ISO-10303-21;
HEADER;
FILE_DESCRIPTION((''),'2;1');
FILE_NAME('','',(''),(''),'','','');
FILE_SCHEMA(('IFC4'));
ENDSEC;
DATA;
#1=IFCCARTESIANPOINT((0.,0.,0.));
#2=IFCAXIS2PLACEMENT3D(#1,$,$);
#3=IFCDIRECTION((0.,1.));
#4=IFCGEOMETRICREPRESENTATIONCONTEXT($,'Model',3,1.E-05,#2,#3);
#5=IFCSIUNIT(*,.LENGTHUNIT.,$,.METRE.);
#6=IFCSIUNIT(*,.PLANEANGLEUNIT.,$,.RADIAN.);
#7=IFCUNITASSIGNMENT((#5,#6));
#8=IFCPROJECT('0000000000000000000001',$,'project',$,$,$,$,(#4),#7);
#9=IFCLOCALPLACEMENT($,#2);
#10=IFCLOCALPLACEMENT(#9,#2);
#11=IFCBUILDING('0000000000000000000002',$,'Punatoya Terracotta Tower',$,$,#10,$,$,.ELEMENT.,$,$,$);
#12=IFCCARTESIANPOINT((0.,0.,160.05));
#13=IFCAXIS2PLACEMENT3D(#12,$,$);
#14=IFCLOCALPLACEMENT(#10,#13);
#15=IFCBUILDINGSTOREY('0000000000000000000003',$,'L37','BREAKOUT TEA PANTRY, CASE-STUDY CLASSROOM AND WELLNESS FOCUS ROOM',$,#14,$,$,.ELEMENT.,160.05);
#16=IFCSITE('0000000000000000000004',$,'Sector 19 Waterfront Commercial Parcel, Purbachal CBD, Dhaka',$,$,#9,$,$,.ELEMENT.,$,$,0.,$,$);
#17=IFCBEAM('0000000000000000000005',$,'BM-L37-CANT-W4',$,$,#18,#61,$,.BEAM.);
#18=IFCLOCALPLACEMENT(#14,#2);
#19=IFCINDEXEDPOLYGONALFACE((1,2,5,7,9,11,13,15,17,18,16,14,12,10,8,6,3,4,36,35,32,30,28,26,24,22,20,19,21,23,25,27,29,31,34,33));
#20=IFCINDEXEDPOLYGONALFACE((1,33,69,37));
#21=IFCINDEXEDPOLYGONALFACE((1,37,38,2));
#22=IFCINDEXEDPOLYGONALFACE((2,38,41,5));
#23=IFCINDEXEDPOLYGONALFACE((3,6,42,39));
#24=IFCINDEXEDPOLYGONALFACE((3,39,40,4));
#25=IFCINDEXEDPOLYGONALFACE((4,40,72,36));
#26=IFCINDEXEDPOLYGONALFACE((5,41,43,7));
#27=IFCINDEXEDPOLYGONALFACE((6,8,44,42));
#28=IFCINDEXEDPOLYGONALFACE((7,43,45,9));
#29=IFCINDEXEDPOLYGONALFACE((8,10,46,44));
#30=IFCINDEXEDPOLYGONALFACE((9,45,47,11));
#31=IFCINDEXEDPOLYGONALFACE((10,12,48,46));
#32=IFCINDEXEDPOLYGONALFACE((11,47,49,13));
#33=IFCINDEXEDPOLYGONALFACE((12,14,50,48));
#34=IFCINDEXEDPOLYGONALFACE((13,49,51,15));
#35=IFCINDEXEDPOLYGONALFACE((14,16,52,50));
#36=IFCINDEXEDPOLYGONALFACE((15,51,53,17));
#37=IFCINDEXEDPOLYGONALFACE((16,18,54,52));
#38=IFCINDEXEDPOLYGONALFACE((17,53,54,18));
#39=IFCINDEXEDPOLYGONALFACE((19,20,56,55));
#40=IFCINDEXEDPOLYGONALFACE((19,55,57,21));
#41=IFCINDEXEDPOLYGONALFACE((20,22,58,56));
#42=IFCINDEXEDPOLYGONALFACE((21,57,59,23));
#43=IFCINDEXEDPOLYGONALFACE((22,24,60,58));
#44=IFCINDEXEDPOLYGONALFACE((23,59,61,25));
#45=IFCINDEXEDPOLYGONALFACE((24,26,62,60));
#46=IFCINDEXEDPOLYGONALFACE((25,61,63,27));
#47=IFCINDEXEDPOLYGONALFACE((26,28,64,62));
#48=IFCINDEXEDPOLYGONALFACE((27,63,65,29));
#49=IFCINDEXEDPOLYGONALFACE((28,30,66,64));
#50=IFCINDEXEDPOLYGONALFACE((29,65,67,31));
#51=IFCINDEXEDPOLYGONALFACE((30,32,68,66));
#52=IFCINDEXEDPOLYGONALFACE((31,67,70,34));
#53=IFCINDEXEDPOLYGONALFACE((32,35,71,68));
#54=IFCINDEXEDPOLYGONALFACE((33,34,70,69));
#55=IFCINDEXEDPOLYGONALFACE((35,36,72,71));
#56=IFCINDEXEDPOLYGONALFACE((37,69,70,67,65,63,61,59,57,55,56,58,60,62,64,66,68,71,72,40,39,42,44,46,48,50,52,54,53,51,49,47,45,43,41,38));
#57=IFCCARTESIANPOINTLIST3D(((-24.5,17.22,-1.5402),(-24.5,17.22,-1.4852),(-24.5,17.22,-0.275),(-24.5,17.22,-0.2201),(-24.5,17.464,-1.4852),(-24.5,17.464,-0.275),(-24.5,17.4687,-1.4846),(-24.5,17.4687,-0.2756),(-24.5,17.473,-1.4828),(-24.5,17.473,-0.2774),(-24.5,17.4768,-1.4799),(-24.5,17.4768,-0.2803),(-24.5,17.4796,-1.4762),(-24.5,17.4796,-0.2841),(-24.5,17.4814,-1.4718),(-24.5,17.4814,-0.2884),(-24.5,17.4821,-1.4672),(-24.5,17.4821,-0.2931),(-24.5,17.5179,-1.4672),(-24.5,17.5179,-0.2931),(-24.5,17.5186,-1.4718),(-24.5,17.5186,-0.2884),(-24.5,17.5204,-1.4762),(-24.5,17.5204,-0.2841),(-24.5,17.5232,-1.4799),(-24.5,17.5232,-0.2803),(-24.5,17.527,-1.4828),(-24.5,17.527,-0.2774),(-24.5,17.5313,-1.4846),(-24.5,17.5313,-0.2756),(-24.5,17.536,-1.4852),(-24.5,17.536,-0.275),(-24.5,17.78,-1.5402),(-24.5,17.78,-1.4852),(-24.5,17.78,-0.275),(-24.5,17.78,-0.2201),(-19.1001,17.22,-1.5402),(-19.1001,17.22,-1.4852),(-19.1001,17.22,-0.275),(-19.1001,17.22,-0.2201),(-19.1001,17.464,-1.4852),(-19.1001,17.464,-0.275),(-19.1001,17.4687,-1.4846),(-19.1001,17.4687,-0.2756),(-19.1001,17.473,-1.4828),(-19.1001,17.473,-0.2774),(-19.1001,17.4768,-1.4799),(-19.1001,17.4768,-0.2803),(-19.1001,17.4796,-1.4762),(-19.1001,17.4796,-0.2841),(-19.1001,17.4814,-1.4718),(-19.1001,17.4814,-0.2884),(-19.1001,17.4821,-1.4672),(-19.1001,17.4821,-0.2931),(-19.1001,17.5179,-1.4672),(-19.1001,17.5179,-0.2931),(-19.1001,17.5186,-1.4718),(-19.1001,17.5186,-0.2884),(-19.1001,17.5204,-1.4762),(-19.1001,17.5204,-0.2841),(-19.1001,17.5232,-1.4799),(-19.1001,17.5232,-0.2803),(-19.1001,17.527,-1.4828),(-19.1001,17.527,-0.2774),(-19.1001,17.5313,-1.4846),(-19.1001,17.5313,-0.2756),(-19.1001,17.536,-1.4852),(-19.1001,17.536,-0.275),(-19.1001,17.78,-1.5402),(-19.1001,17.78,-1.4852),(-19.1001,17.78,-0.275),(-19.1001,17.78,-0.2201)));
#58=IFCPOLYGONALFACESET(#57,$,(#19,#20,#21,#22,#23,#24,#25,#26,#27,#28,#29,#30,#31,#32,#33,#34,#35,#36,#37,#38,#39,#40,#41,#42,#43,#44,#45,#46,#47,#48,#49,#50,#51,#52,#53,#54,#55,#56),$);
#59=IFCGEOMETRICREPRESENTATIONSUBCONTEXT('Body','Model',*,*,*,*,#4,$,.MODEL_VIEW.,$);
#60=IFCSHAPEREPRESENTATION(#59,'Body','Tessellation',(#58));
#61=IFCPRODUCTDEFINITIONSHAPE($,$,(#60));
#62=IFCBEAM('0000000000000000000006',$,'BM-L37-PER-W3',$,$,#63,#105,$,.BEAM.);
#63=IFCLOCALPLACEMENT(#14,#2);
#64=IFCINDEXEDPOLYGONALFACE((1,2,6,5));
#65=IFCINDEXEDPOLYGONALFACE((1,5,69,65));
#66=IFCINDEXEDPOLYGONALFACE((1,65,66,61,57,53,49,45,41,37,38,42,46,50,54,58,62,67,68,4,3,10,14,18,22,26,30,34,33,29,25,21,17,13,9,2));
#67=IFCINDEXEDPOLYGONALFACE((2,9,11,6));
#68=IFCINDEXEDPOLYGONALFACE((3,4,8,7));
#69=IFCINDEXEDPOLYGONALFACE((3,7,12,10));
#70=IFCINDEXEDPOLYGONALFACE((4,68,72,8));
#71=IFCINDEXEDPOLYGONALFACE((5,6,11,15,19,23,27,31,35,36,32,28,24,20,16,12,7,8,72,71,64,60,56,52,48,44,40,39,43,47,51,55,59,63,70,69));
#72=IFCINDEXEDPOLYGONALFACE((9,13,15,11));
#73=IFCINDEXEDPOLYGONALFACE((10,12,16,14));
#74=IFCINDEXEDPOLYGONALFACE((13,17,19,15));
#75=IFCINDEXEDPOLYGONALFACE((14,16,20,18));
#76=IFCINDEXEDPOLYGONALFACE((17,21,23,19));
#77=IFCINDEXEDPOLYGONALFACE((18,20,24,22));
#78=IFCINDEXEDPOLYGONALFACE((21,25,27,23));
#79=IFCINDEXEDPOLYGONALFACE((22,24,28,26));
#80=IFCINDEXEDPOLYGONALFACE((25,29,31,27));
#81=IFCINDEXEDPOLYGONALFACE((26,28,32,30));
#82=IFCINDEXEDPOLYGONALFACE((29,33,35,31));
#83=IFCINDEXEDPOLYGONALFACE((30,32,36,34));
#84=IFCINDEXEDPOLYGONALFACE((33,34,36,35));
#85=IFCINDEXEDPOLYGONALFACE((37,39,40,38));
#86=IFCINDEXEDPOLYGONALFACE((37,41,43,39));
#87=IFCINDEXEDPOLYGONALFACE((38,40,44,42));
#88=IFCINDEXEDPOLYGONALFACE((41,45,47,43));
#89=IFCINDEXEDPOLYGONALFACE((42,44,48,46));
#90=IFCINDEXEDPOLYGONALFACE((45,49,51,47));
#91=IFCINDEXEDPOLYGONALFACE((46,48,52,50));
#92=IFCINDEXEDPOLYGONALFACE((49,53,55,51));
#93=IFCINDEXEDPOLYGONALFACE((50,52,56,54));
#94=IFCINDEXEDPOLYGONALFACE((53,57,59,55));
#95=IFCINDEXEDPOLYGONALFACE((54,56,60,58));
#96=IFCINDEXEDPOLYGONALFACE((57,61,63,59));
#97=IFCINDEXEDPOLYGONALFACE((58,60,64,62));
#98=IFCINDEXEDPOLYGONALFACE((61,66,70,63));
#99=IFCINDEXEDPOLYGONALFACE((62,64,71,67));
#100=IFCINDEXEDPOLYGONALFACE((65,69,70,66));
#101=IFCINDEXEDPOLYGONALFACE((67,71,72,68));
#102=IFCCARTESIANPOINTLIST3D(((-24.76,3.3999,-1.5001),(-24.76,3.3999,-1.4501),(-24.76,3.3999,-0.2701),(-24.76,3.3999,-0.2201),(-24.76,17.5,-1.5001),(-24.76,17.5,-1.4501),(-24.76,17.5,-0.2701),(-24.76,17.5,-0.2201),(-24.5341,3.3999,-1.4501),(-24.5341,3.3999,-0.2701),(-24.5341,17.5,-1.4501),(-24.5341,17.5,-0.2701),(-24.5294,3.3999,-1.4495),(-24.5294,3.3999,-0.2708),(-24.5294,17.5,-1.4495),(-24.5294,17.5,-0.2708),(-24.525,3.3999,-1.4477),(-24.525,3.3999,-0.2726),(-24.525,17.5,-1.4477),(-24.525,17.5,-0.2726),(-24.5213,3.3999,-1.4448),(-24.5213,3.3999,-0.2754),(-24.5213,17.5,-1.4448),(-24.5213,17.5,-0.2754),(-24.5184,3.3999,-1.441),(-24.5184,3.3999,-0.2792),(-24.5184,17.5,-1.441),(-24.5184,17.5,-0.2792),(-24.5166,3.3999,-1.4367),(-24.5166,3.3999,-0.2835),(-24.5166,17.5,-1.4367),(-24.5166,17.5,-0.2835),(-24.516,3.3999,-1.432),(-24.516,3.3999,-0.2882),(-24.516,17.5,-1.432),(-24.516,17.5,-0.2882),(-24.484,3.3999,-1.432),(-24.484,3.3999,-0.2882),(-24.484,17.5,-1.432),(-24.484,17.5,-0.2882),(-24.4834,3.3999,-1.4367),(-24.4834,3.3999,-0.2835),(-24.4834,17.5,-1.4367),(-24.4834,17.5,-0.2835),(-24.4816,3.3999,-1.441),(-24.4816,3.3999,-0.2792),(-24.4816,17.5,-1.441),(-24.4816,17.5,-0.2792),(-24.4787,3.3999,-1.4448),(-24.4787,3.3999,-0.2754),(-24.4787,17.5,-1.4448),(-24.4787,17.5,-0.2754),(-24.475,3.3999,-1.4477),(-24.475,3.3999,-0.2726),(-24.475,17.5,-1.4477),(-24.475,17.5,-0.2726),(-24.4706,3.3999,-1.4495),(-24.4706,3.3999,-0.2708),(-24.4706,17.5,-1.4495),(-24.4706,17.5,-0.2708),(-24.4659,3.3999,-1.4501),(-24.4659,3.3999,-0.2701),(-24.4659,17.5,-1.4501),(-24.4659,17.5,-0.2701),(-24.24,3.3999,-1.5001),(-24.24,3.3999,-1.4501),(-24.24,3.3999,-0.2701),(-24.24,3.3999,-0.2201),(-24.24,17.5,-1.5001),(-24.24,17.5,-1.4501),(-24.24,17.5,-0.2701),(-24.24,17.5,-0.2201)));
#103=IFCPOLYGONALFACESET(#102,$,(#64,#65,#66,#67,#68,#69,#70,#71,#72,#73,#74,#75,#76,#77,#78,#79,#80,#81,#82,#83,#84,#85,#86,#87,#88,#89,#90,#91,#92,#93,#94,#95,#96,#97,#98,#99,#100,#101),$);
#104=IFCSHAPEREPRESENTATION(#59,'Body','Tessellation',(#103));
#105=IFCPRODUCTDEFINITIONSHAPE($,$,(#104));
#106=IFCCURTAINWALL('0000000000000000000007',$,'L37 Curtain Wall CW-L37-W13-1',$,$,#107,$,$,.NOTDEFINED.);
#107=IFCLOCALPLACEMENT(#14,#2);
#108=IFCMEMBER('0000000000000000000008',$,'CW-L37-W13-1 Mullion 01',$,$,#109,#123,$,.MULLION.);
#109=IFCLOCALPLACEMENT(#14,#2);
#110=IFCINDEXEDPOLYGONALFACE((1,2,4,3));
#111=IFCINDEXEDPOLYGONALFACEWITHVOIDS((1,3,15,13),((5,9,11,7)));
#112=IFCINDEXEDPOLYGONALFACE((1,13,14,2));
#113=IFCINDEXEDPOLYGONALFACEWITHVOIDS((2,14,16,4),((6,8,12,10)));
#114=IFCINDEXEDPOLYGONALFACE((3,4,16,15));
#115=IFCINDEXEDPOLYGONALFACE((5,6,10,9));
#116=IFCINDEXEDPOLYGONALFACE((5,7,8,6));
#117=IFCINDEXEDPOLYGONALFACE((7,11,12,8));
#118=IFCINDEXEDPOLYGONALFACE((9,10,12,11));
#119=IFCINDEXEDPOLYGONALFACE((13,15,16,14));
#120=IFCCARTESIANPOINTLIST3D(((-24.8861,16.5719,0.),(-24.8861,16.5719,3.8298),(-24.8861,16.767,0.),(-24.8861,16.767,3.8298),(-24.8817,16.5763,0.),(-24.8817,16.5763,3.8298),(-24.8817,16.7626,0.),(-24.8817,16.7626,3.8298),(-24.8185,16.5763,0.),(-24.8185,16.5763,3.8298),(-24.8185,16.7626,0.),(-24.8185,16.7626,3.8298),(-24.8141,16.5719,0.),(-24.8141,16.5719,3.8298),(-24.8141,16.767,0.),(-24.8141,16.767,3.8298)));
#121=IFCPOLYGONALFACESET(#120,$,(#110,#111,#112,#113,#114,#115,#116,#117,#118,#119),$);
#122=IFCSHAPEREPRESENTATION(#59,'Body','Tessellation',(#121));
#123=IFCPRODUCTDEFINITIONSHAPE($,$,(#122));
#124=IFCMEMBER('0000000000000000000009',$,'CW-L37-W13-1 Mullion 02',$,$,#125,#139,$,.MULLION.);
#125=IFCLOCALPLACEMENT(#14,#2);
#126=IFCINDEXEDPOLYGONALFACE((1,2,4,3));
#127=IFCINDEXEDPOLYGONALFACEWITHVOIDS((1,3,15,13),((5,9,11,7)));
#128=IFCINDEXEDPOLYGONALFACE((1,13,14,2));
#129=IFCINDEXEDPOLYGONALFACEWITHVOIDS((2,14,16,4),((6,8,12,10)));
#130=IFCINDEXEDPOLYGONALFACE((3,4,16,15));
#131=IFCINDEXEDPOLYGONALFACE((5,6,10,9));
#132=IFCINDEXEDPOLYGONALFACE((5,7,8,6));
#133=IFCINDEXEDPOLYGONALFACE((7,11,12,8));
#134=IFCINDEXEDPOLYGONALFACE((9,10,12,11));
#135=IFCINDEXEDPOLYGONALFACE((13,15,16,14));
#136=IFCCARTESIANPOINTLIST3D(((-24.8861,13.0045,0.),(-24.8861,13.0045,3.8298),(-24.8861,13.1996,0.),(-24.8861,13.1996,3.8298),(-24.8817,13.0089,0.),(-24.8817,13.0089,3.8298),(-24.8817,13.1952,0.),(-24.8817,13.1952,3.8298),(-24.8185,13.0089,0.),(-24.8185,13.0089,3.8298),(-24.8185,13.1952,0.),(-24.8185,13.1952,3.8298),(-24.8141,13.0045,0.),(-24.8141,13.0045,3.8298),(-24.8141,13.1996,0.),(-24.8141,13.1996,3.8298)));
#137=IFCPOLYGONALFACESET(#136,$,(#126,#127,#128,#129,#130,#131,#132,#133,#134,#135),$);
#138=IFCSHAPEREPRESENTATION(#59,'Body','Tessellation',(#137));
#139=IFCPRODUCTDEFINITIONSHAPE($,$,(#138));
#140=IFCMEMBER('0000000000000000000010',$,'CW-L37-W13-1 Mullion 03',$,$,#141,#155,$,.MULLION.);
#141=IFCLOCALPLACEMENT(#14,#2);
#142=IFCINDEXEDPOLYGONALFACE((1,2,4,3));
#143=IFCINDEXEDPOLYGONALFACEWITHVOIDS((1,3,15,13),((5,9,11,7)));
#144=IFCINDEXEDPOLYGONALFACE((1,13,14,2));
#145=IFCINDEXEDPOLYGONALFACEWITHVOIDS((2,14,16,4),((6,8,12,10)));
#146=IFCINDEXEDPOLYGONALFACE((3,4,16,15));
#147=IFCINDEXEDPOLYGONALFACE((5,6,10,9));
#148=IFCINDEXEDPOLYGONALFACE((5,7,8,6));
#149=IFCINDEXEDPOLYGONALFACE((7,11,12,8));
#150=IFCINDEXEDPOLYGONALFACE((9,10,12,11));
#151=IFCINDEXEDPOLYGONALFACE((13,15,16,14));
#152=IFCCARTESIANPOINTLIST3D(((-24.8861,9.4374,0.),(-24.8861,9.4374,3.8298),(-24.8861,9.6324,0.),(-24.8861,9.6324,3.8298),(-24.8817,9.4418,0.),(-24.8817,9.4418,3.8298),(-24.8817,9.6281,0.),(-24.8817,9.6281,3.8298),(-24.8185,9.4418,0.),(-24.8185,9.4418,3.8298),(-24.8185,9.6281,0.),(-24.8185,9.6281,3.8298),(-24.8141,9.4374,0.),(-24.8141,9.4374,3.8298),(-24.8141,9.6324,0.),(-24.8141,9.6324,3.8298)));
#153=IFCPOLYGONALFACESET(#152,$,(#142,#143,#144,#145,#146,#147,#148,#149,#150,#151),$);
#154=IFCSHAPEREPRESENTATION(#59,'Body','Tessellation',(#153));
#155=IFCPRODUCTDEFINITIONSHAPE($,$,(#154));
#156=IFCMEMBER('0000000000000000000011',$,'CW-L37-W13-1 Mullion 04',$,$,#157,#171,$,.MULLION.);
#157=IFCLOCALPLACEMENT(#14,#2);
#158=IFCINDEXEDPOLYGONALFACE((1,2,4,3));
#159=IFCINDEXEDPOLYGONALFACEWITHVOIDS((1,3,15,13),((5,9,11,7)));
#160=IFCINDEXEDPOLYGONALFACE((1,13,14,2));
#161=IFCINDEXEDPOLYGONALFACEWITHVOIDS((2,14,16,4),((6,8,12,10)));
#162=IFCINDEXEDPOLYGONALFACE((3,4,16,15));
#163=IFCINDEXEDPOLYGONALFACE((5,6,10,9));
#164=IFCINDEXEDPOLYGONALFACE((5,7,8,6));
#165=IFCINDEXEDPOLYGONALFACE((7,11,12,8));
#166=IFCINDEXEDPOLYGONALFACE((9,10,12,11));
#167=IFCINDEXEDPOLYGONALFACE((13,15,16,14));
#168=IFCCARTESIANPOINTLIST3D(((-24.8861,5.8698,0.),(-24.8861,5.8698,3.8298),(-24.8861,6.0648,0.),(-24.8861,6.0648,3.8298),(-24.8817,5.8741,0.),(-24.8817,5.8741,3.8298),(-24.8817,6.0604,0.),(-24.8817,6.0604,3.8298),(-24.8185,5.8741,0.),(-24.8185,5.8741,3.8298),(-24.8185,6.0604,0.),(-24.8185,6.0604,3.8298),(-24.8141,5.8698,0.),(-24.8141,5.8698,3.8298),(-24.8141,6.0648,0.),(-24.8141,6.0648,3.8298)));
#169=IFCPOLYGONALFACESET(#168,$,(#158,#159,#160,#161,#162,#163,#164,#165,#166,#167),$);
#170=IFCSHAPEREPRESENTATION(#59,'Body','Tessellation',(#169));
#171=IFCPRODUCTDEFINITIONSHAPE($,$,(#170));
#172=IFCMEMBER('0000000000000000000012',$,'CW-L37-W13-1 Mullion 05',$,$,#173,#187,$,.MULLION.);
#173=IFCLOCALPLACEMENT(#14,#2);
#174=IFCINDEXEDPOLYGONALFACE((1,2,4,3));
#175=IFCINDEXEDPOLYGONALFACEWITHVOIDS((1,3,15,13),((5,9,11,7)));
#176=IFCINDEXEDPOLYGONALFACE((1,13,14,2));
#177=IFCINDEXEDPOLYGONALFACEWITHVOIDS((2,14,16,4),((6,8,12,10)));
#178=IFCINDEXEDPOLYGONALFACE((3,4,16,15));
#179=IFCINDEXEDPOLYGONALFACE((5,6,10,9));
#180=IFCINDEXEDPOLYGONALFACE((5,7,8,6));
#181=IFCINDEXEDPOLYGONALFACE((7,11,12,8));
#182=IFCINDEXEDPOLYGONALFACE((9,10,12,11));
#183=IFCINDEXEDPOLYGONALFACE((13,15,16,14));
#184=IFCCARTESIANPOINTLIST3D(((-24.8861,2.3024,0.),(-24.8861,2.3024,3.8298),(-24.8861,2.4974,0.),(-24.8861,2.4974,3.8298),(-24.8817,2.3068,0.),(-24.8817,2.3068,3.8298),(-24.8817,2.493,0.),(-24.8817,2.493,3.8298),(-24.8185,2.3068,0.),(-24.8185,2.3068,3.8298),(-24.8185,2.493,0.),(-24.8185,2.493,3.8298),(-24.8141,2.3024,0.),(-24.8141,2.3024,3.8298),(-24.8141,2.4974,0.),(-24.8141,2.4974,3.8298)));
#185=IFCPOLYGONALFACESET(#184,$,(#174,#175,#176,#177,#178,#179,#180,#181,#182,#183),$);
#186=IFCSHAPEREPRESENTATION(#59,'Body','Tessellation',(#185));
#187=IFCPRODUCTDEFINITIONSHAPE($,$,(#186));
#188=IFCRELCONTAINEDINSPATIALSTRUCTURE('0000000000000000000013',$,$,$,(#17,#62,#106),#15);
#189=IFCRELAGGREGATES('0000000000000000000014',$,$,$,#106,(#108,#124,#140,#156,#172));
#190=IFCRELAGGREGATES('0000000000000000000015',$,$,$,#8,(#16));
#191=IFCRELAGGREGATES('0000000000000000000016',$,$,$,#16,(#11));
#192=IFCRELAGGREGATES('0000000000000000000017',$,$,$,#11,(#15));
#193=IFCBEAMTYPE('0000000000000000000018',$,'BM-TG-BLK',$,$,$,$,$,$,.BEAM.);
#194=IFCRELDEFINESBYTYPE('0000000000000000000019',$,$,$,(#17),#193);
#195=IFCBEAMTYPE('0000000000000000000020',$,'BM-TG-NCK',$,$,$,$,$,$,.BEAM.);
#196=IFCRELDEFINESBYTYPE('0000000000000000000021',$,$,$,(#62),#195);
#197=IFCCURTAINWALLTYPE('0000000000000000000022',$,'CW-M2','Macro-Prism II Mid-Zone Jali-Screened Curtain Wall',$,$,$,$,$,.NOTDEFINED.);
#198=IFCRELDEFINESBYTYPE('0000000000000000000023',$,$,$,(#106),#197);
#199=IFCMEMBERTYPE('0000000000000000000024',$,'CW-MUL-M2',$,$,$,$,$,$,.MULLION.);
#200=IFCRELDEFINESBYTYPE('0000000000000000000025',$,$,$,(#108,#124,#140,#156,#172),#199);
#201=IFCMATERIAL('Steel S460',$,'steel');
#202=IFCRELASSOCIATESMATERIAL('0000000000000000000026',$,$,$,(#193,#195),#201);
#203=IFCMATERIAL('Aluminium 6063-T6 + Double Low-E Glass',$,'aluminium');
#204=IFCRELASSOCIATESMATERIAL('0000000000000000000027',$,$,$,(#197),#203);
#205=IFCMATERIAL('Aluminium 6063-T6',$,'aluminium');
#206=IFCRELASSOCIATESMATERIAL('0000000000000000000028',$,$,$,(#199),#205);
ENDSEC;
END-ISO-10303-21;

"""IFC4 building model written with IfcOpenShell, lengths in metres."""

from ifc_helpers import new_model, si_unit, direction, frame, origin, origin_2d, place, context, subcontext, project, spatial, hollow_rectangle, i_section, extrude, material, material_profile, profile_set, type_object, element, aggregate, save


model = new_model("IFC4")

# Units and contexts
model_context = context("Model", 3, precision=1e-05, world=origin(), true_north=direction((0.0, 1.0)))
body_context = subcontext(model_context, "Body", "Model", "MODEL_VIEW")
ifc_project = project(units=[si_unit("LENGTHUNIT", "METRE"), si_unit("PLANEANGLEUNIT", "RADIAN")], contexts=[model_context])

# Site, building, storey
site_placement = place(None, origin())
site = spatial("IfcSite", under=ifc_project, at=site_placement, Name="Sector 19 Waterfront Commercial Parcel, Purbachal CBD, Dhaka", CompositionType="ELEMENT", RefElevation=0.0)
building_placement = place(site_placement, origin())
building = spatial("IfcBuilding", under=site, at=building_placement, Name="Punatoya Terracotta Tower", CompositionType="ELEMENT")
storey_placement = place(building_placement, frame((0.0, 0.0, 160.05)))
storey = spatial("IfcBuildingStorey", under=building, at=storey_placement, Name="L37", Description="BREAKOUT TEA PANTRY, CASE-STUDY CLASSROOM AND WELLNESS FOCUS ROOM", CompositionType="ELEMENT", Elevation=160.05)

# Shared definitions
ifc_material_1 = material(Name="Steel S460", Category="steel")

# Beams
ifc_material_profile_1 = material_profile(ifc_material_1, i_section(OverallWidth=0.5601, OverallDepth=1.3201, WebThickness=0.0359, FlangeThickness=0.0549, FilletRadius=0.0181, at=origin_2d()))
ifc_profile_set_1 = profile_set([ifc_material_profile_1], Name="Steel S460")
beam_type_1 = type_object("IfcBeamType", Name="BM-TG-BLK", PredefinedType="BEAM", material=ifc_profile_set_1)
for number, where, z_axis, x_axis, name in (
    (1, (-24.5, 17.5, -0.8801), (1.0, 0.0, 0.0), (0.0, 1.0, 0.0), "BM-L37-CANT-W4"),
):
    element("IfcBeam", number, at=place(storey_placement, frame(where, z_axis=z_axis, x_axis=x_axis)), inside=storey, type_object=beam_type_1, Name=name, PredefinedType="BEAM", context=body_context, shape_type="SweptSolid", body=[
        extrude(i_section(OverallWidth=0.5601, OverallDepth=1.3201, WebThickness=0.0359, FlangeThickness=0.0549, FilletRadius=0.0181, at=origin_2d()), origin(), (0.0, 0.0, 1.0), 5.3999),
    ])
ifc_material_profile_2 = material_profile(ifc_material_1, i_section(OverallWidth=0.52, OverallDepth=1.28, WebThickness=0.032, FlangeThickness=0.05, FilletRadius=0.0181, at=origin_2d()))
ifc_profile_set_2 = profile_set([ifc_material_profile_2], Name="Steel S460")
beam_type_2 = type_object("IfcBeamType", Name="BM-TG-NCK", PredefinedType="BEAM", material=ifc_profile_set_2)
beam_1_placement = place(storey_placement, frame((-24.5, 3.3999, -0.8601), z_axis=(0.0, 1.0, 0.0), x_axis=(-1.0, 0.0, 0.0)))
element("IfcBeam", 2, at=beam_1_placement, inside=storey, type_object=beam_type_2, Name="BM-L37-PER-W3", PredefinedType="BEAM", context=body_context, shape_type="SweptSolid", body=[
    extrude(i_section(OverallWidth=0.52, OverallDepth=1.28, WebThickness=0.032, FlangeThickness=0.05, FilletRadius=0.0181, at=origin_2d()), origin(), (0.0, 0.0, 1.0), 14.1001),
])

# Curtain wall, members
ifc_material_2 = material(Name="Aluminium 6063-T6 + Double Low-E Glass", Category="aluminium")
curtain_wall_type = type_object("IfcCurtainWallType", Name="CW-M2", Description="Macro-Prism II Mid-Zone Jali-Screened Curtain Wall", PredefinedType="NOTDEFINED", material=ifc_material_2)
curtain_wall_placement = place(storey_placement, origin())
curtain_wall = element("IfcCurtainWall", 3, at=curtain_wall_placement, inside=storey, type_object=curtain_wall_type, Name="L37 Curtain Wall CW-L37-W13-1", PredefinedType="NOTDEFINED")
ifc_material_3 = material(Name="Aluminium 6063-T6", Category="aluminium")
ifc_material_profile_3 = material_profile(ifc_material_3, hollow_rectangle(XDim=0.072, YDim=0.1951, WallThickness=0.0044, at=origin_2d()))
ifc_profile_set_3 = profile_set([ifc_material_profile_3], Name="Aluminium 6063-T6")
member_type = type_object("IfcMemberType", Name="CW-MUL-M2", PredefinedType="MULLION", material=ifc_profile_set_3)
member_1_placement = place(storey_placement, frame((-24.8501, 16.6694, 0.0), z_axis=(0.0, 0.0, 1.0), x_axis=(1.0, 0.0, 0.0)))
member_1 = element("IfcMember", 4, at=member_1_placement, type_object=member_type, Name="CW-L37-W13-1 Mullion 01", PredefinedType="MULLION", context=body_context, shape_type="SweptSolid", body=[
    extrude(hollow_rectangle(XDim=0.072, YDim=0.1951, WallThickness=0.0044, at=origin_2d()), origin(), (0.0, 0.0, 1.0), 3.8298),
])
member_2_placement = place(storey_placement, frame((-24.8501, 13.1021, 0.0), z_axis=(0.0, 0.0, 1.0), x_axis=(1.0, 0.0, 0.0)))
member_2 = element("IfcMember", 5, at=member_2_placement, type_object=member_type, Name="CW-L37-W13-1 Mullion 02", PredefinedType="MULLION", context=body_context, shape_type="SweptSolid", body=[
    extrude(hollow_rectangle(XDim=0.072, YDim=0.1951, WallThickness=0.0044, at=origin_2d()), origin(), (0.0, 0.0, 1.0), 3.8298),
])
member_3_placement = place(storey_placement, frame((-24.8501, 9.5349, 0.0), z_axis=(0.0, 0.0, 1.0), x_axis=(1.0, 0.0, 0.0)))
member_3 = element("IfcMember", 6, at=member_3_placement, type_object=member_type, Name="CW-L37-W13-1 Mullion 03", PredefinedType="MULLION", context=body_context, shape_type="SweptSolid", body=[
    extrude(hollow_rectangle(XDim=0.072, YDim=0.1951, WallThickness=0.0044, at=origin_2d()), origin(), (0.0, 0.0, 1.0), 3.8298),
])
member_4_placement = place(storey_placement, frame((-24.8501, 5.9673, 0.0), z_axis=(0.0, 0.0, 1.0), x_axis=(1.0, 0.0, 0.0)))
member_4 = element("IfcMember", 7, at=member_4_placement, type_object=member_type, Name="CW-L37-W13-1 Mullion 04", PredefinedType="MULLION", context=body_context, shape_type="SweptSolid", body=[
    extrude(hollow_rectangle(XDim=0.072, YDim=0.1951, WallThickness=0.0044, at=origin_2d()), origin(), (0.0, 0.0, 1.0), 3.8298),
])
member_5_placement = place(storey_placement, frame((-24.8501, 2.3999, 0.0), z_axis=(0.0, 0.0, 1.0), x_axis=(1.0, 0.0, 0.0)))
member_5 = element("IfcMember", 8, at=member_5_placement, type_object=member_type, Name="CW-L37-W13-1 Mullion 05", PredefinedType="MULLION", context=body_context, shape_type="SweptSolid", body=[
    extrude(hollow_rectangle(XDim=0.072, YDim=0.1951, WallThickness=0.0044, at=origin_2d()), origin(), (0.0, 0.0, 1.0), 3.8298),
])
aggregate(curtain_wall, [member_1, member_2, member_3, member_4, member_5])

save(model, "model.ifc")
